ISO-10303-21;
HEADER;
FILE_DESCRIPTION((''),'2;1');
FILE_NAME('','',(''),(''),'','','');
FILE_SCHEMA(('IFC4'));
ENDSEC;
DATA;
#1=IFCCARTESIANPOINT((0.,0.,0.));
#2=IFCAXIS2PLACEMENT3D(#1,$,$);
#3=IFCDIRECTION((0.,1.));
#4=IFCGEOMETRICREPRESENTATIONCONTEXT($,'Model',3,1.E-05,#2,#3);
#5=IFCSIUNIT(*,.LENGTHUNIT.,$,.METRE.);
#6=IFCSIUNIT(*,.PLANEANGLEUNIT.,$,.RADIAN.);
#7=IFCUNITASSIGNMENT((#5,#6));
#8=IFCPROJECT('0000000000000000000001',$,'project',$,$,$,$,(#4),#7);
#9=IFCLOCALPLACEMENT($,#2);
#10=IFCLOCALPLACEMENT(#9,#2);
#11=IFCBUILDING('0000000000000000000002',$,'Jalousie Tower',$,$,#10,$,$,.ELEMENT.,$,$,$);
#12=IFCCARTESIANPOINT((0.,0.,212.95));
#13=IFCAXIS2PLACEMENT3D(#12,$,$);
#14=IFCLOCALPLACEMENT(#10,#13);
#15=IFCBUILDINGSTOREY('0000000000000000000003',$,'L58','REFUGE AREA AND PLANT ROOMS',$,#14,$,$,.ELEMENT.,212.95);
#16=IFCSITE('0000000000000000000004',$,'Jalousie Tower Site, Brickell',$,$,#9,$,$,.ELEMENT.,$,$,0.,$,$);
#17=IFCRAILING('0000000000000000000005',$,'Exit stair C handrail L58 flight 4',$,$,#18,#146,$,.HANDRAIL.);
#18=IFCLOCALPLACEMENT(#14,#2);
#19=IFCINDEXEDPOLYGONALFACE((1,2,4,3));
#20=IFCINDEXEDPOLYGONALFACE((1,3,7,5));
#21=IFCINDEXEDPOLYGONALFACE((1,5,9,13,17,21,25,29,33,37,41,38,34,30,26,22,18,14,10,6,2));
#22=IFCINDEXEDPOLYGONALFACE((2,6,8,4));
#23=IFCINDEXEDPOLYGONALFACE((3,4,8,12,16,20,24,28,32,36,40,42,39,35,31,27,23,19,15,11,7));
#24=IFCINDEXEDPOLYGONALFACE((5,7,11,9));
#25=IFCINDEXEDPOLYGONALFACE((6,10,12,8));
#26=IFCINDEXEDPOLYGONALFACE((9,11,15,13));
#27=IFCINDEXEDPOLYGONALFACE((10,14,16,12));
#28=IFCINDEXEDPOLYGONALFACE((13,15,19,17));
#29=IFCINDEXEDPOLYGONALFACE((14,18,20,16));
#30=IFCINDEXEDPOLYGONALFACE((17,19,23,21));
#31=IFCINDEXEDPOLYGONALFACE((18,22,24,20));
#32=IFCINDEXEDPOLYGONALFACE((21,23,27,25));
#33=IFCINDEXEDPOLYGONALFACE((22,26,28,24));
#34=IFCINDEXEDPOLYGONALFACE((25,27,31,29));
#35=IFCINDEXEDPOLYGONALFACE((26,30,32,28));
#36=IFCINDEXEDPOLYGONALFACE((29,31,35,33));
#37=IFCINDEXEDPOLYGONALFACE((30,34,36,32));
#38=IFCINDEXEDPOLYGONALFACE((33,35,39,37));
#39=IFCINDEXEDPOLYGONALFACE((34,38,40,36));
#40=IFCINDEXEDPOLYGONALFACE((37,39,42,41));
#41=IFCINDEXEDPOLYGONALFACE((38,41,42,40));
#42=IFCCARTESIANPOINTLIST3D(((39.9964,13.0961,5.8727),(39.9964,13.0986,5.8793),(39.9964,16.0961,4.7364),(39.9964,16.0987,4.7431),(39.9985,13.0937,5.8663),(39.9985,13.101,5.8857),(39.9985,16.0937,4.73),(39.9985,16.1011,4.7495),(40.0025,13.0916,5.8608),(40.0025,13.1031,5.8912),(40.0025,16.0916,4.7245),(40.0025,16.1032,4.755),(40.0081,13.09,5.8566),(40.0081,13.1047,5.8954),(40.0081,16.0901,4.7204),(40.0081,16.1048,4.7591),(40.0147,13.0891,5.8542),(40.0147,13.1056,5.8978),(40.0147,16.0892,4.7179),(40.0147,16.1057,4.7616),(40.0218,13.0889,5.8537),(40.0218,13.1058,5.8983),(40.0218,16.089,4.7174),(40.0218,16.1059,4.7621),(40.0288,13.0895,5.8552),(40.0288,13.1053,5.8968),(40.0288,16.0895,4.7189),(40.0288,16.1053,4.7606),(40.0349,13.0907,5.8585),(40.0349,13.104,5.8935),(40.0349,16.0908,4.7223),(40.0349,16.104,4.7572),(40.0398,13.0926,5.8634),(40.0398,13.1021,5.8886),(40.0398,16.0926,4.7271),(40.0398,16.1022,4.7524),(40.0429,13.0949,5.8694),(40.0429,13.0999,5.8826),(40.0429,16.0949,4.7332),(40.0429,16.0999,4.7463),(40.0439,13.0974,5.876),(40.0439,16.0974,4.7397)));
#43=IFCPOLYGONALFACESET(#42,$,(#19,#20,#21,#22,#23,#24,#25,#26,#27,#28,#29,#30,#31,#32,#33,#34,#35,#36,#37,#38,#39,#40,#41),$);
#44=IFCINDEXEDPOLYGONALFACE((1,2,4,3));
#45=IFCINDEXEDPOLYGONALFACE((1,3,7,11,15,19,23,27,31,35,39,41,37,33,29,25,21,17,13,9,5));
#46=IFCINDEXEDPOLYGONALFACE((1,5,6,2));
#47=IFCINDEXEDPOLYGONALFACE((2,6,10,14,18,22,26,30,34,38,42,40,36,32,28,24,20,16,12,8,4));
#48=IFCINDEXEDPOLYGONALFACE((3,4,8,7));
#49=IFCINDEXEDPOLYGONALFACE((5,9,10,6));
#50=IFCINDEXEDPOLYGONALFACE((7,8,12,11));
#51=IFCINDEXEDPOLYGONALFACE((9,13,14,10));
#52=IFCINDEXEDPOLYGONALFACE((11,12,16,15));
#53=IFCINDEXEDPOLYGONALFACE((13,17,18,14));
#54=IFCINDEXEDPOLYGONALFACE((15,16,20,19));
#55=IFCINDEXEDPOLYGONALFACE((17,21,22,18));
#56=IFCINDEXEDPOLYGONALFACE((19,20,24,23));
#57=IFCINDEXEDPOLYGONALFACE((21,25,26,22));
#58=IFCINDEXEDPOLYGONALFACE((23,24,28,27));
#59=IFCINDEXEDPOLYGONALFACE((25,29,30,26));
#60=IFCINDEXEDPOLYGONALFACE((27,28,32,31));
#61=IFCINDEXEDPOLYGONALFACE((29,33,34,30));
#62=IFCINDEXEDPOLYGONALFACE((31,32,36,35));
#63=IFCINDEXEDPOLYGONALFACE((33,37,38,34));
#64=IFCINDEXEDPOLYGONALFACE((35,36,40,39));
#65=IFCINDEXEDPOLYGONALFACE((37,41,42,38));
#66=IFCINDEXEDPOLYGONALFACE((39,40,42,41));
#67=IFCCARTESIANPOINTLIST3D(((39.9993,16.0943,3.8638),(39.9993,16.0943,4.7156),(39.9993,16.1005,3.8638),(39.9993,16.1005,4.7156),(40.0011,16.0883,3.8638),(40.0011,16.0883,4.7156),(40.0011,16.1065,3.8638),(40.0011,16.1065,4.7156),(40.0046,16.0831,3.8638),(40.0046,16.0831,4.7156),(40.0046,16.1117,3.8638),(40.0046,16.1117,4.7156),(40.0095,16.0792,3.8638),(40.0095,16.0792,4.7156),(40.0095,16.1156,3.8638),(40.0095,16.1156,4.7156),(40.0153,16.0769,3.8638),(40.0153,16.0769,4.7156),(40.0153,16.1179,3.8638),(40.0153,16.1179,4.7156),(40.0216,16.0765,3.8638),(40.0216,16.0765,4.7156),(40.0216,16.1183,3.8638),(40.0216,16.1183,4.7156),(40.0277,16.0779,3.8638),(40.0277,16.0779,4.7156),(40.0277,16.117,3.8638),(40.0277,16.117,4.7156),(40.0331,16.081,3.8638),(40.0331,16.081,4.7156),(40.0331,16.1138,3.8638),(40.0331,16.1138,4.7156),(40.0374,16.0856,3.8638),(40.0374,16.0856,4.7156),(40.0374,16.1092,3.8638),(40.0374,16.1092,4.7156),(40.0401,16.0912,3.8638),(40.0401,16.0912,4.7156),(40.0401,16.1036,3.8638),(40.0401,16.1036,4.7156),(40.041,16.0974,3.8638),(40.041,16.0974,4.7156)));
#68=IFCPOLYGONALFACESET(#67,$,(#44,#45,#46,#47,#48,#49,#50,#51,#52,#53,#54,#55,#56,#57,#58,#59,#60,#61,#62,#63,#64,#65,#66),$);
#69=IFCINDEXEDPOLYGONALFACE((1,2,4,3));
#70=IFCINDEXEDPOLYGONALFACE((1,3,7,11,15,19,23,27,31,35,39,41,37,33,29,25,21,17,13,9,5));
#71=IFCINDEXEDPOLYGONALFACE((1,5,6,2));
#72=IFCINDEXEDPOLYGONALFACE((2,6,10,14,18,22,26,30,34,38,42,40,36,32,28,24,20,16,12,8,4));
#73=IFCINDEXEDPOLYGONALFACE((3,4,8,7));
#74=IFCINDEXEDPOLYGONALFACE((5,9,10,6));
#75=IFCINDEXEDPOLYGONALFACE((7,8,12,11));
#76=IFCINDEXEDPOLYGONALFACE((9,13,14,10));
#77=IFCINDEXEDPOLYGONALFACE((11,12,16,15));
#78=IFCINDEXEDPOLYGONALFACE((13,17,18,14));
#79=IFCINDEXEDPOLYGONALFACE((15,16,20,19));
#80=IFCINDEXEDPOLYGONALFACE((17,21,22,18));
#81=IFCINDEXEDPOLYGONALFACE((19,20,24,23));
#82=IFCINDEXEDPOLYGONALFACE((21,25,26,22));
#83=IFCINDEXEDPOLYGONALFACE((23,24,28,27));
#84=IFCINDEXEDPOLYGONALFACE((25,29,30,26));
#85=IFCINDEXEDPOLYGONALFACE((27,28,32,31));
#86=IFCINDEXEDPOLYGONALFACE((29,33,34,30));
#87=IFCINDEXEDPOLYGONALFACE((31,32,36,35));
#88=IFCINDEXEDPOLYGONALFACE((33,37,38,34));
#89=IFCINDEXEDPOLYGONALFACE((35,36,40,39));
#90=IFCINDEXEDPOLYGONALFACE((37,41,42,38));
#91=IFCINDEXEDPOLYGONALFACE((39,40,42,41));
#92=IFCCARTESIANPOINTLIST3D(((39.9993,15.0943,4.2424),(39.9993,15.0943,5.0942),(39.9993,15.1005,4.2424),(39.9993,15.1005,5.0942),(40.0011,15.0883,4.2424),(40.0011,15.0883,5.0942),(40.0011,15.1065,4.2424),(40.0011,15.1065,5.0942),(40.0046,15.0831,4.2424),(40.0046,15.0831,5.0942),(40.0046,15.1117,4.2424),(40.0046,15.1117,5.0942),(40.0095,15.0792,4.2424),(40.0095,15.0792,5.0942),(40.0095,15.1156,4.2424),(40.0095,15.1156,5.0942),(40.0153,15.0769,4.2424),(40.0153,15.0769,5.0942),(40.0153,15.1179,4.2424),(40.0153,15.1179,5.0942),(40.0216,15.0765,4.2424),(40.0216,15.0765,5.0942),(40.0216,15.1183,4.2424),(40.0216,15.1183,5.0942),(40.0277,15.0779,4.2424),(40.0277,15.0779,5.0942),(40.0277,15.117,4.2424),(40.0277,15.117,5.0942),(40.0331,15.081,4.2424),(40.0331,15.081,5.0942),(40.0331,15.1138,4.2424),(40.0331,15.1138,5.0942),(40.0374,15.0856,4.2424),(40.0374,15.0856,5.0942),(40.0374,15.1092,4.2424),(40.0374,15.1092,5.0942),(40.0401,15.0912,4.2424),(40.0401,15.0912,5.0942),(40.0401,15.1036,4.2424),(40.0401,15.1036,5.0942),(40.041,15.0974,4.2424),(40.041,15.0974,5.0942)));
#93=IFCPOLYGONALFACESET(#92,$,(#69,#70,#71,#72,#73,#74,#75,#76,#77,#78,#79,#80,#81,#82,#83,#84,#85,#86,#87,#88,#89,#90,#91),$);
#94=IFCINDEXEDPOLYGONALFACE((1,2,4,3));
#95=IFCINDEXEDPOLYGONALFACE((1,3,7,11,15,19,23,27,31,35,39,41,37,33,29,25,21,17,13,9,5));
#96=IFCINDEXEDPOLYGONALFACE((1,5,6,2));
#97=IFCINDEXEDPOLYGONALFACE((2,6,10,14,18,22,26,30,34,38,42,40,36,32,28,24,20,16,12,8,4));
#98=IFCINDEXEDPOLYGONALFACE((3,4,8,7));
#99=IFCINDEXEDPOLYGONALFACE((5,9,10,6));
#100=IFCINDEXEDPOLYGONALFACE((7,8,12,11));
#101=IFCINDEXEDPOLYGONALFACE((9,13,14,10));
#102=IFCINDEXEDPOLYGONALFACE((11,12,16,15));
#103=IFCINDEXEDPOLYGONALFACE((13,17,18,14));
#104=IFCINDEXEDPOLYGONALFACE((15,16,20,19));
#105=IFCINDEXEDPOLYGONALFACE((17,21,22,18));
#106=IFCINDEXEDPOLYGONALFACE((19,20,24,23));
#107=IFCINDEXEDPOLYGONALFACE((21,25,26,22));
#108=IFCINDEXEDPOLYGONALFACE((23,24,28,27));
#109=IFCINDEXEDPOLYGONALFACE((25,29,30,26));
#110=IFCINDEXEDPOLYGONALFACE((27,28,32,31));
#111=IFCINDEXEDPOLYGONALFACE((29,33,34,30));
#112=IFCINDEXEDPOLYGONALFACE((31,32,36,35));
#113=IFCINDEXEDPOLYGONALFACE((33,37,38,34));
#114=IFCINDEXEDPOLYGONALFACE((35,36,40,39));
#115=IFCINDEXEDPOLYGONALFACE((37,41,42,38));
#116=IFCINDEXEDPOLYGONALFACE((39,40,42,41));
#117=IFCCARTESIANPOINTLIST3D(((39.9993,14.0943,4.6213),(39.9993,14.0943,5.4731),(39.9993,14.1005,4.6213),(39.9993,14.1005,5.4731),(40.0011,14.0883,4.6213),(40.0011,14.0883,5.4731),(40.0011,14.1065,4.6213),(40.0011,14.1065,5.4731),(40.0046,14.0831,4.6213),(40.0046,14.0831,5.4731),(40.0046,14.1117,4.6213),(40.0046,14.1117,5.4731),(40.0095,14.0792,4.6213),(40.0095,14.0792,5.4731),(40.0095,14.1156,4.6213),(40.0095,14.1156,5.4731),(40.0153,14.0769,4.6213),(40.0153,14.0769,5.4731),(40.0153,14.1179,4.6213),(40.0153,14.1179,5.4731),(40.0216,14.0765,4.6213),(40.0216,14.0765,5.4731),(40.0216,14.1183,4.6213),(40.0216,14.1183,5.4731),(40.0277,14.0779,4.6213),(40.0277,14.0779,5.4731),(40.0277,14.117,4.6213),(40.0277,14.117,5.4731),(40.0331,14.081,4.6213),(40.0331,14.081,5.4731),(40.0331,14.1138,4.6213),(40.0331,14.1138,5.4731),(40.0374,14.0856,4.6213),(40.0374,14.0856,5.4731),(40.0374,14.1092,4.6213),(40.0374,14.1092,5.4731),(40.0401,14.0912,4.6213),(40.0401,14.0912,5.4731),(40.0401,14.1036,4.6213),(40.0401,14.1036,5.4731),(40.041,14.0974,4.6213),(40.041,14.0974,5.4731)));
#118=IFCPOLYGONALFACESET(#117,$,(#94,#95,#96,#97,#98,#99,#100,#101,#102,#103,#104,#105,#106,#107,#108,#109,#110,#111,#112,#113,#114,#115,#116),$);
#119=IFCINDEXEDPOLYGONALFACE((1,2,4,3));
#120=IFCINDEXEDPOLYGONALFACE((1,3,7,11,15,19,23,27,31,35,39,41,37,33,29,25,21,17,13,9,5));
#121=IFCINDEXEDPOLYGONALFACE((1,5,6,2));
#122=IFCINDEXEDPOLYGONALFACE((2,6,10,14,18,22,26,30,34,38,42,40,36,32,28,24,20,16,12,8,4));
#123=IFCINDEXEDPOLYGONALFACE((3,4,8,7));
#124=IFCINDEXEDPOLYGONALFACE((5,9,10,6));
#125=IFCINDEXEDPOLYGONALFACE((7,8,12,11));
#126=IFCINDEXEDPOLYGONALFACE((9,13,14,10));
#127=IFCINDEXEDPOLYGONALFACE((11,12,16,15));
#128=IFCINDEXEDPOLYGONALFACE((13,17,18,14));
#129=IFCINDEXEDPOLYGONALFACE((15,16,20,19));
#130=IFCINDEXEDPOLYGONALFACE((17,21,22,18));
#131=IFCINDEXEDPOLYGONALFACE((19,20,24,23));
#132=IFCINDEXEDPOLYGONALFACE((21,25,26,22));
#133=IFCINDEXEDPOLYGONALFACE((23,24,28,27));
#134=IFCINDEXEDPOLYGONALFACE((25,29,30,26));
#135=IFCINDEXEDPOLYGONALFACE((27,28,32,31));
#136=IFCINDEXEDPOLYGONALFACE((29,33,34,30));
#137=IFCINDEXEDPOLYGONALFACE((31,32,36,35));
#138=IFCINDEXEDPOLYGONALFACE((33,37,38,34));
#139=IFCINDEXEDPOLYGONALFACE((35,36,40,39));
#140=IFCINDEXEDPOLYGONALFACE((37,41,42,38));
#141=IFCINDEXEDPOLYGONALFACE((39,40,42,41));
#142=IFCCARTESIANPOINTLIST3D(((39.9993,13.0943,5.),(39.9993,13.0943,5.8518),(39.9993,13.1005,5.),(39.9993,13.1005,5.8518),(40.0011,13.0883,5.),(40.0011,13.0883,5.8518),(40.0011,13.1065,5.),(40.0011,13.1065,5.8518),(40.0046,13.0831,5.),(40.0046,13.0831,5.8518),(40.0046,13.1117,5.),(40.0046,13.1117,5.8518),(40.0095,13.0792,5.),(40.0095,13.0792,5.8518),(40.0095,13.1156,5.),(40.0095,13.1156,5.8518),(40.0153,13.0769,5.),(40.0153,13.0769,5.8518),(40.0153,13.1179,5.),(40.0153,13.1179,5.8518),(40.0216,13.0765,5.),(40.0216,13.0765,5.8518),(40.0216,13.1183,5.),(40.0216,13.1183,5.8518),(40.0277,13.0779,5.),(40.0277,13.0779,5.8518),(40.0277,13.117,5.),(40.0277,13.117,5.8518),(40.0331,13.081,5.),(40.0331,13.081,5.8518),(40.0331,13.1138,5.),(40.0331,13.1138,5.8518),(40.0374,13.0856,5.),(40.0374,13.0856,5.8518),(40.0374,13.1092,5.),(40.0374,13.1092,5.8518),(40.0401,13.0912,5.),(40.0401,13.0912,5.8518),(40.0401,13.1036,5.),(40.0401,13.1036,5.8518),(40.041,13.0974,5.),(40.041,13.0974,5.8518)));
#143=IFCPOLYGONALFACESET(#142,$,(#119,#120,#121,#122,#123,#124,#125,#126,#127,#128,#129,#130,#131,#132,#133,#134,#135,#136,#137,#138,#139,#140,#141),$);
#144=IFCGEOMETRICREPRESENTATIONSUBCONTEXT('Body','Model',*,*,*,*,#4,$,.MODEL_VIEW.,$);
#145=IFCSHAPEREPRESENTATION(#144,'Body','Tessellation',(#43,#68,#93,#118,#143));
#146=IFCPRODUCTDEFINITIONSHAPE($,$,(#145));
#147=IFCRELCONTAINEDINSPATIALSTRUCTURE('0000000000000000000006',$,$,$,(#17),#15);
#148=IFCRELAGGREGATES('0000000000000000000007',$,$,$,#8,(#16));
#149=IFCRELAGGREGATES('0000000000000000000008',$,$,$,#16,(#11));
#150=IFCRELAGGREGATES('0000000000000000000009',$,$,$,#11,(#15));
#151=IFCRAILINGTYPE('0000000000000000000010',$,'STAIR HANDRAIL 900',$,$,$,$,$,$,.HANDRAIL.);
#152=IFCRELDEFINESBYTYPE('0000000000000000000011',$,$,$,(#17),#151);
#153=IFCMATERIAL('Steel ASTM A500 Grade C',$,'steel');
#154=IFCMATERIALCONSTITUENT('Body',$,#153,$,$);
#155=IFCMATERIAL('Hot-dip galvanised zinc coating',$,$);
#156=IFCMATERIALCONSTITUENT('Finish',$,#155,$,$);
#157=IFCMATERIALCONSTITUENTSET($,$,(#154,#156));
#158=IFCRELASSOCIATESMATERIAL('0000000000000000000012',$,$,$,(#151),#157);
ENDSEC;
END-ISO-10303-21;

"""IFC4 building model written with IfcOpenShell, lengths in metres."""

from ifc_helpers import new_model, si_unit, direction, frame, origin, origin_2d, place, context, subcontext, project, spatial, circle, extrude, material, constituent, constituent_set, type_object, element, save


model = new_model("IFC4")

# Units and contexts
model_context = context("Model", 3, precision=1e-05, world=origin(), true_north=direction((0.0, 1.0)))
body_context = subcontext(model_context, "Body", "Model", "MODEL_VIEW")
ifc_project = project(units=[si_unit("LENGTHUNIT", "METRE"), si_unit("PLANEANGLEUNIT", "RADIAN")], contexts=[model_context])

# Site, building, storey
site_placement = place(None, origin())
site = spatial("IfcSite", under=ifc_project, at=site_placement, Name="Jalousie Tower Site, Brickell", CompositionType="ELEMENT", RefElevation=0.0)
building_placement = place(site_placement, origin())
building = spatial("IfcBuilding", under=site, at=building_placement, Name="Jalousie Tower", CompositionType="ELEMENT")
storey_placement = place(building_placement, frame((0.0, 0.0, 212.95)))
storey = spatial("IfcBuildingStorey", under=building, at=storey_placement, Name="L58", Description="REFUGE AREA AND PLANT ROOMS", CompositionType="ELEMENT", Elevation=212.95)

# Railing
ifc_material_1 = material(Name="Steel ASTM A500 Grade C", Category="steel")
ifc_constituent_1 = constituent(ifc_material_1, Name="Body")
ifc_material_2 = material(Name="Hot-dip galvanised zinc coating")
ifc_constituent_2 = constituent(ifc_material_2, Name="Finish")
ifc_constituent_set_1 = constituent_set(constituents=[ifc_constituent_1, ifc_constituent_2])
railing_type_1 = type_object("IfcRailingType", Name="STAIR HANDRAIL 900", PredefinedType="HANDRAIL", material=ifc_constituent_set_1)
railing_1_placement = place(storey_placement, frame((40.02, 16.0974, 3.8638)))
element("IfcRailing", 1, at=railing_1_placement, inside=storey, type_object=railing_type_1, Name="Exit stair C handrail L58 flight 4", PredefinedType="HANDRAIL", context=body_context, shape_type="SweptSolid", body=[
    extrude(circle(Radius=0.0239, at=origin_2d()), frame((0.0, 0.0, 0.876), z_axis=(0.0, -0.935173, 0.354191), x_axis=(1.0, 0.0, 0.0)), (0.0, 0.0, 1.0), 3.208),
    extrude(circle(Radius=0.021, at=origin_2d()), origin(), (0.0, 0.0, 1.0), 0.8518),
    extrude(circle(Radius=0.021, at=origin_2d()), frame((0.0, -1.0, 0.3787)), (0.0, 0.0, 1.0), 0.8518),
    extrude(circle(Radius=0.021, at=origin_2d()), frame((0.0, -2.0, 0.7576)), (0.0, 0.0, 1.0), 0.8518),
    extrude(circle(Radius=0.021, at=origin_2d()), frame((0.0, -3.0, 1.1362)), (0.0, 0.0, 1.0), 0.8518),
])

save(model, "model.ifc")
